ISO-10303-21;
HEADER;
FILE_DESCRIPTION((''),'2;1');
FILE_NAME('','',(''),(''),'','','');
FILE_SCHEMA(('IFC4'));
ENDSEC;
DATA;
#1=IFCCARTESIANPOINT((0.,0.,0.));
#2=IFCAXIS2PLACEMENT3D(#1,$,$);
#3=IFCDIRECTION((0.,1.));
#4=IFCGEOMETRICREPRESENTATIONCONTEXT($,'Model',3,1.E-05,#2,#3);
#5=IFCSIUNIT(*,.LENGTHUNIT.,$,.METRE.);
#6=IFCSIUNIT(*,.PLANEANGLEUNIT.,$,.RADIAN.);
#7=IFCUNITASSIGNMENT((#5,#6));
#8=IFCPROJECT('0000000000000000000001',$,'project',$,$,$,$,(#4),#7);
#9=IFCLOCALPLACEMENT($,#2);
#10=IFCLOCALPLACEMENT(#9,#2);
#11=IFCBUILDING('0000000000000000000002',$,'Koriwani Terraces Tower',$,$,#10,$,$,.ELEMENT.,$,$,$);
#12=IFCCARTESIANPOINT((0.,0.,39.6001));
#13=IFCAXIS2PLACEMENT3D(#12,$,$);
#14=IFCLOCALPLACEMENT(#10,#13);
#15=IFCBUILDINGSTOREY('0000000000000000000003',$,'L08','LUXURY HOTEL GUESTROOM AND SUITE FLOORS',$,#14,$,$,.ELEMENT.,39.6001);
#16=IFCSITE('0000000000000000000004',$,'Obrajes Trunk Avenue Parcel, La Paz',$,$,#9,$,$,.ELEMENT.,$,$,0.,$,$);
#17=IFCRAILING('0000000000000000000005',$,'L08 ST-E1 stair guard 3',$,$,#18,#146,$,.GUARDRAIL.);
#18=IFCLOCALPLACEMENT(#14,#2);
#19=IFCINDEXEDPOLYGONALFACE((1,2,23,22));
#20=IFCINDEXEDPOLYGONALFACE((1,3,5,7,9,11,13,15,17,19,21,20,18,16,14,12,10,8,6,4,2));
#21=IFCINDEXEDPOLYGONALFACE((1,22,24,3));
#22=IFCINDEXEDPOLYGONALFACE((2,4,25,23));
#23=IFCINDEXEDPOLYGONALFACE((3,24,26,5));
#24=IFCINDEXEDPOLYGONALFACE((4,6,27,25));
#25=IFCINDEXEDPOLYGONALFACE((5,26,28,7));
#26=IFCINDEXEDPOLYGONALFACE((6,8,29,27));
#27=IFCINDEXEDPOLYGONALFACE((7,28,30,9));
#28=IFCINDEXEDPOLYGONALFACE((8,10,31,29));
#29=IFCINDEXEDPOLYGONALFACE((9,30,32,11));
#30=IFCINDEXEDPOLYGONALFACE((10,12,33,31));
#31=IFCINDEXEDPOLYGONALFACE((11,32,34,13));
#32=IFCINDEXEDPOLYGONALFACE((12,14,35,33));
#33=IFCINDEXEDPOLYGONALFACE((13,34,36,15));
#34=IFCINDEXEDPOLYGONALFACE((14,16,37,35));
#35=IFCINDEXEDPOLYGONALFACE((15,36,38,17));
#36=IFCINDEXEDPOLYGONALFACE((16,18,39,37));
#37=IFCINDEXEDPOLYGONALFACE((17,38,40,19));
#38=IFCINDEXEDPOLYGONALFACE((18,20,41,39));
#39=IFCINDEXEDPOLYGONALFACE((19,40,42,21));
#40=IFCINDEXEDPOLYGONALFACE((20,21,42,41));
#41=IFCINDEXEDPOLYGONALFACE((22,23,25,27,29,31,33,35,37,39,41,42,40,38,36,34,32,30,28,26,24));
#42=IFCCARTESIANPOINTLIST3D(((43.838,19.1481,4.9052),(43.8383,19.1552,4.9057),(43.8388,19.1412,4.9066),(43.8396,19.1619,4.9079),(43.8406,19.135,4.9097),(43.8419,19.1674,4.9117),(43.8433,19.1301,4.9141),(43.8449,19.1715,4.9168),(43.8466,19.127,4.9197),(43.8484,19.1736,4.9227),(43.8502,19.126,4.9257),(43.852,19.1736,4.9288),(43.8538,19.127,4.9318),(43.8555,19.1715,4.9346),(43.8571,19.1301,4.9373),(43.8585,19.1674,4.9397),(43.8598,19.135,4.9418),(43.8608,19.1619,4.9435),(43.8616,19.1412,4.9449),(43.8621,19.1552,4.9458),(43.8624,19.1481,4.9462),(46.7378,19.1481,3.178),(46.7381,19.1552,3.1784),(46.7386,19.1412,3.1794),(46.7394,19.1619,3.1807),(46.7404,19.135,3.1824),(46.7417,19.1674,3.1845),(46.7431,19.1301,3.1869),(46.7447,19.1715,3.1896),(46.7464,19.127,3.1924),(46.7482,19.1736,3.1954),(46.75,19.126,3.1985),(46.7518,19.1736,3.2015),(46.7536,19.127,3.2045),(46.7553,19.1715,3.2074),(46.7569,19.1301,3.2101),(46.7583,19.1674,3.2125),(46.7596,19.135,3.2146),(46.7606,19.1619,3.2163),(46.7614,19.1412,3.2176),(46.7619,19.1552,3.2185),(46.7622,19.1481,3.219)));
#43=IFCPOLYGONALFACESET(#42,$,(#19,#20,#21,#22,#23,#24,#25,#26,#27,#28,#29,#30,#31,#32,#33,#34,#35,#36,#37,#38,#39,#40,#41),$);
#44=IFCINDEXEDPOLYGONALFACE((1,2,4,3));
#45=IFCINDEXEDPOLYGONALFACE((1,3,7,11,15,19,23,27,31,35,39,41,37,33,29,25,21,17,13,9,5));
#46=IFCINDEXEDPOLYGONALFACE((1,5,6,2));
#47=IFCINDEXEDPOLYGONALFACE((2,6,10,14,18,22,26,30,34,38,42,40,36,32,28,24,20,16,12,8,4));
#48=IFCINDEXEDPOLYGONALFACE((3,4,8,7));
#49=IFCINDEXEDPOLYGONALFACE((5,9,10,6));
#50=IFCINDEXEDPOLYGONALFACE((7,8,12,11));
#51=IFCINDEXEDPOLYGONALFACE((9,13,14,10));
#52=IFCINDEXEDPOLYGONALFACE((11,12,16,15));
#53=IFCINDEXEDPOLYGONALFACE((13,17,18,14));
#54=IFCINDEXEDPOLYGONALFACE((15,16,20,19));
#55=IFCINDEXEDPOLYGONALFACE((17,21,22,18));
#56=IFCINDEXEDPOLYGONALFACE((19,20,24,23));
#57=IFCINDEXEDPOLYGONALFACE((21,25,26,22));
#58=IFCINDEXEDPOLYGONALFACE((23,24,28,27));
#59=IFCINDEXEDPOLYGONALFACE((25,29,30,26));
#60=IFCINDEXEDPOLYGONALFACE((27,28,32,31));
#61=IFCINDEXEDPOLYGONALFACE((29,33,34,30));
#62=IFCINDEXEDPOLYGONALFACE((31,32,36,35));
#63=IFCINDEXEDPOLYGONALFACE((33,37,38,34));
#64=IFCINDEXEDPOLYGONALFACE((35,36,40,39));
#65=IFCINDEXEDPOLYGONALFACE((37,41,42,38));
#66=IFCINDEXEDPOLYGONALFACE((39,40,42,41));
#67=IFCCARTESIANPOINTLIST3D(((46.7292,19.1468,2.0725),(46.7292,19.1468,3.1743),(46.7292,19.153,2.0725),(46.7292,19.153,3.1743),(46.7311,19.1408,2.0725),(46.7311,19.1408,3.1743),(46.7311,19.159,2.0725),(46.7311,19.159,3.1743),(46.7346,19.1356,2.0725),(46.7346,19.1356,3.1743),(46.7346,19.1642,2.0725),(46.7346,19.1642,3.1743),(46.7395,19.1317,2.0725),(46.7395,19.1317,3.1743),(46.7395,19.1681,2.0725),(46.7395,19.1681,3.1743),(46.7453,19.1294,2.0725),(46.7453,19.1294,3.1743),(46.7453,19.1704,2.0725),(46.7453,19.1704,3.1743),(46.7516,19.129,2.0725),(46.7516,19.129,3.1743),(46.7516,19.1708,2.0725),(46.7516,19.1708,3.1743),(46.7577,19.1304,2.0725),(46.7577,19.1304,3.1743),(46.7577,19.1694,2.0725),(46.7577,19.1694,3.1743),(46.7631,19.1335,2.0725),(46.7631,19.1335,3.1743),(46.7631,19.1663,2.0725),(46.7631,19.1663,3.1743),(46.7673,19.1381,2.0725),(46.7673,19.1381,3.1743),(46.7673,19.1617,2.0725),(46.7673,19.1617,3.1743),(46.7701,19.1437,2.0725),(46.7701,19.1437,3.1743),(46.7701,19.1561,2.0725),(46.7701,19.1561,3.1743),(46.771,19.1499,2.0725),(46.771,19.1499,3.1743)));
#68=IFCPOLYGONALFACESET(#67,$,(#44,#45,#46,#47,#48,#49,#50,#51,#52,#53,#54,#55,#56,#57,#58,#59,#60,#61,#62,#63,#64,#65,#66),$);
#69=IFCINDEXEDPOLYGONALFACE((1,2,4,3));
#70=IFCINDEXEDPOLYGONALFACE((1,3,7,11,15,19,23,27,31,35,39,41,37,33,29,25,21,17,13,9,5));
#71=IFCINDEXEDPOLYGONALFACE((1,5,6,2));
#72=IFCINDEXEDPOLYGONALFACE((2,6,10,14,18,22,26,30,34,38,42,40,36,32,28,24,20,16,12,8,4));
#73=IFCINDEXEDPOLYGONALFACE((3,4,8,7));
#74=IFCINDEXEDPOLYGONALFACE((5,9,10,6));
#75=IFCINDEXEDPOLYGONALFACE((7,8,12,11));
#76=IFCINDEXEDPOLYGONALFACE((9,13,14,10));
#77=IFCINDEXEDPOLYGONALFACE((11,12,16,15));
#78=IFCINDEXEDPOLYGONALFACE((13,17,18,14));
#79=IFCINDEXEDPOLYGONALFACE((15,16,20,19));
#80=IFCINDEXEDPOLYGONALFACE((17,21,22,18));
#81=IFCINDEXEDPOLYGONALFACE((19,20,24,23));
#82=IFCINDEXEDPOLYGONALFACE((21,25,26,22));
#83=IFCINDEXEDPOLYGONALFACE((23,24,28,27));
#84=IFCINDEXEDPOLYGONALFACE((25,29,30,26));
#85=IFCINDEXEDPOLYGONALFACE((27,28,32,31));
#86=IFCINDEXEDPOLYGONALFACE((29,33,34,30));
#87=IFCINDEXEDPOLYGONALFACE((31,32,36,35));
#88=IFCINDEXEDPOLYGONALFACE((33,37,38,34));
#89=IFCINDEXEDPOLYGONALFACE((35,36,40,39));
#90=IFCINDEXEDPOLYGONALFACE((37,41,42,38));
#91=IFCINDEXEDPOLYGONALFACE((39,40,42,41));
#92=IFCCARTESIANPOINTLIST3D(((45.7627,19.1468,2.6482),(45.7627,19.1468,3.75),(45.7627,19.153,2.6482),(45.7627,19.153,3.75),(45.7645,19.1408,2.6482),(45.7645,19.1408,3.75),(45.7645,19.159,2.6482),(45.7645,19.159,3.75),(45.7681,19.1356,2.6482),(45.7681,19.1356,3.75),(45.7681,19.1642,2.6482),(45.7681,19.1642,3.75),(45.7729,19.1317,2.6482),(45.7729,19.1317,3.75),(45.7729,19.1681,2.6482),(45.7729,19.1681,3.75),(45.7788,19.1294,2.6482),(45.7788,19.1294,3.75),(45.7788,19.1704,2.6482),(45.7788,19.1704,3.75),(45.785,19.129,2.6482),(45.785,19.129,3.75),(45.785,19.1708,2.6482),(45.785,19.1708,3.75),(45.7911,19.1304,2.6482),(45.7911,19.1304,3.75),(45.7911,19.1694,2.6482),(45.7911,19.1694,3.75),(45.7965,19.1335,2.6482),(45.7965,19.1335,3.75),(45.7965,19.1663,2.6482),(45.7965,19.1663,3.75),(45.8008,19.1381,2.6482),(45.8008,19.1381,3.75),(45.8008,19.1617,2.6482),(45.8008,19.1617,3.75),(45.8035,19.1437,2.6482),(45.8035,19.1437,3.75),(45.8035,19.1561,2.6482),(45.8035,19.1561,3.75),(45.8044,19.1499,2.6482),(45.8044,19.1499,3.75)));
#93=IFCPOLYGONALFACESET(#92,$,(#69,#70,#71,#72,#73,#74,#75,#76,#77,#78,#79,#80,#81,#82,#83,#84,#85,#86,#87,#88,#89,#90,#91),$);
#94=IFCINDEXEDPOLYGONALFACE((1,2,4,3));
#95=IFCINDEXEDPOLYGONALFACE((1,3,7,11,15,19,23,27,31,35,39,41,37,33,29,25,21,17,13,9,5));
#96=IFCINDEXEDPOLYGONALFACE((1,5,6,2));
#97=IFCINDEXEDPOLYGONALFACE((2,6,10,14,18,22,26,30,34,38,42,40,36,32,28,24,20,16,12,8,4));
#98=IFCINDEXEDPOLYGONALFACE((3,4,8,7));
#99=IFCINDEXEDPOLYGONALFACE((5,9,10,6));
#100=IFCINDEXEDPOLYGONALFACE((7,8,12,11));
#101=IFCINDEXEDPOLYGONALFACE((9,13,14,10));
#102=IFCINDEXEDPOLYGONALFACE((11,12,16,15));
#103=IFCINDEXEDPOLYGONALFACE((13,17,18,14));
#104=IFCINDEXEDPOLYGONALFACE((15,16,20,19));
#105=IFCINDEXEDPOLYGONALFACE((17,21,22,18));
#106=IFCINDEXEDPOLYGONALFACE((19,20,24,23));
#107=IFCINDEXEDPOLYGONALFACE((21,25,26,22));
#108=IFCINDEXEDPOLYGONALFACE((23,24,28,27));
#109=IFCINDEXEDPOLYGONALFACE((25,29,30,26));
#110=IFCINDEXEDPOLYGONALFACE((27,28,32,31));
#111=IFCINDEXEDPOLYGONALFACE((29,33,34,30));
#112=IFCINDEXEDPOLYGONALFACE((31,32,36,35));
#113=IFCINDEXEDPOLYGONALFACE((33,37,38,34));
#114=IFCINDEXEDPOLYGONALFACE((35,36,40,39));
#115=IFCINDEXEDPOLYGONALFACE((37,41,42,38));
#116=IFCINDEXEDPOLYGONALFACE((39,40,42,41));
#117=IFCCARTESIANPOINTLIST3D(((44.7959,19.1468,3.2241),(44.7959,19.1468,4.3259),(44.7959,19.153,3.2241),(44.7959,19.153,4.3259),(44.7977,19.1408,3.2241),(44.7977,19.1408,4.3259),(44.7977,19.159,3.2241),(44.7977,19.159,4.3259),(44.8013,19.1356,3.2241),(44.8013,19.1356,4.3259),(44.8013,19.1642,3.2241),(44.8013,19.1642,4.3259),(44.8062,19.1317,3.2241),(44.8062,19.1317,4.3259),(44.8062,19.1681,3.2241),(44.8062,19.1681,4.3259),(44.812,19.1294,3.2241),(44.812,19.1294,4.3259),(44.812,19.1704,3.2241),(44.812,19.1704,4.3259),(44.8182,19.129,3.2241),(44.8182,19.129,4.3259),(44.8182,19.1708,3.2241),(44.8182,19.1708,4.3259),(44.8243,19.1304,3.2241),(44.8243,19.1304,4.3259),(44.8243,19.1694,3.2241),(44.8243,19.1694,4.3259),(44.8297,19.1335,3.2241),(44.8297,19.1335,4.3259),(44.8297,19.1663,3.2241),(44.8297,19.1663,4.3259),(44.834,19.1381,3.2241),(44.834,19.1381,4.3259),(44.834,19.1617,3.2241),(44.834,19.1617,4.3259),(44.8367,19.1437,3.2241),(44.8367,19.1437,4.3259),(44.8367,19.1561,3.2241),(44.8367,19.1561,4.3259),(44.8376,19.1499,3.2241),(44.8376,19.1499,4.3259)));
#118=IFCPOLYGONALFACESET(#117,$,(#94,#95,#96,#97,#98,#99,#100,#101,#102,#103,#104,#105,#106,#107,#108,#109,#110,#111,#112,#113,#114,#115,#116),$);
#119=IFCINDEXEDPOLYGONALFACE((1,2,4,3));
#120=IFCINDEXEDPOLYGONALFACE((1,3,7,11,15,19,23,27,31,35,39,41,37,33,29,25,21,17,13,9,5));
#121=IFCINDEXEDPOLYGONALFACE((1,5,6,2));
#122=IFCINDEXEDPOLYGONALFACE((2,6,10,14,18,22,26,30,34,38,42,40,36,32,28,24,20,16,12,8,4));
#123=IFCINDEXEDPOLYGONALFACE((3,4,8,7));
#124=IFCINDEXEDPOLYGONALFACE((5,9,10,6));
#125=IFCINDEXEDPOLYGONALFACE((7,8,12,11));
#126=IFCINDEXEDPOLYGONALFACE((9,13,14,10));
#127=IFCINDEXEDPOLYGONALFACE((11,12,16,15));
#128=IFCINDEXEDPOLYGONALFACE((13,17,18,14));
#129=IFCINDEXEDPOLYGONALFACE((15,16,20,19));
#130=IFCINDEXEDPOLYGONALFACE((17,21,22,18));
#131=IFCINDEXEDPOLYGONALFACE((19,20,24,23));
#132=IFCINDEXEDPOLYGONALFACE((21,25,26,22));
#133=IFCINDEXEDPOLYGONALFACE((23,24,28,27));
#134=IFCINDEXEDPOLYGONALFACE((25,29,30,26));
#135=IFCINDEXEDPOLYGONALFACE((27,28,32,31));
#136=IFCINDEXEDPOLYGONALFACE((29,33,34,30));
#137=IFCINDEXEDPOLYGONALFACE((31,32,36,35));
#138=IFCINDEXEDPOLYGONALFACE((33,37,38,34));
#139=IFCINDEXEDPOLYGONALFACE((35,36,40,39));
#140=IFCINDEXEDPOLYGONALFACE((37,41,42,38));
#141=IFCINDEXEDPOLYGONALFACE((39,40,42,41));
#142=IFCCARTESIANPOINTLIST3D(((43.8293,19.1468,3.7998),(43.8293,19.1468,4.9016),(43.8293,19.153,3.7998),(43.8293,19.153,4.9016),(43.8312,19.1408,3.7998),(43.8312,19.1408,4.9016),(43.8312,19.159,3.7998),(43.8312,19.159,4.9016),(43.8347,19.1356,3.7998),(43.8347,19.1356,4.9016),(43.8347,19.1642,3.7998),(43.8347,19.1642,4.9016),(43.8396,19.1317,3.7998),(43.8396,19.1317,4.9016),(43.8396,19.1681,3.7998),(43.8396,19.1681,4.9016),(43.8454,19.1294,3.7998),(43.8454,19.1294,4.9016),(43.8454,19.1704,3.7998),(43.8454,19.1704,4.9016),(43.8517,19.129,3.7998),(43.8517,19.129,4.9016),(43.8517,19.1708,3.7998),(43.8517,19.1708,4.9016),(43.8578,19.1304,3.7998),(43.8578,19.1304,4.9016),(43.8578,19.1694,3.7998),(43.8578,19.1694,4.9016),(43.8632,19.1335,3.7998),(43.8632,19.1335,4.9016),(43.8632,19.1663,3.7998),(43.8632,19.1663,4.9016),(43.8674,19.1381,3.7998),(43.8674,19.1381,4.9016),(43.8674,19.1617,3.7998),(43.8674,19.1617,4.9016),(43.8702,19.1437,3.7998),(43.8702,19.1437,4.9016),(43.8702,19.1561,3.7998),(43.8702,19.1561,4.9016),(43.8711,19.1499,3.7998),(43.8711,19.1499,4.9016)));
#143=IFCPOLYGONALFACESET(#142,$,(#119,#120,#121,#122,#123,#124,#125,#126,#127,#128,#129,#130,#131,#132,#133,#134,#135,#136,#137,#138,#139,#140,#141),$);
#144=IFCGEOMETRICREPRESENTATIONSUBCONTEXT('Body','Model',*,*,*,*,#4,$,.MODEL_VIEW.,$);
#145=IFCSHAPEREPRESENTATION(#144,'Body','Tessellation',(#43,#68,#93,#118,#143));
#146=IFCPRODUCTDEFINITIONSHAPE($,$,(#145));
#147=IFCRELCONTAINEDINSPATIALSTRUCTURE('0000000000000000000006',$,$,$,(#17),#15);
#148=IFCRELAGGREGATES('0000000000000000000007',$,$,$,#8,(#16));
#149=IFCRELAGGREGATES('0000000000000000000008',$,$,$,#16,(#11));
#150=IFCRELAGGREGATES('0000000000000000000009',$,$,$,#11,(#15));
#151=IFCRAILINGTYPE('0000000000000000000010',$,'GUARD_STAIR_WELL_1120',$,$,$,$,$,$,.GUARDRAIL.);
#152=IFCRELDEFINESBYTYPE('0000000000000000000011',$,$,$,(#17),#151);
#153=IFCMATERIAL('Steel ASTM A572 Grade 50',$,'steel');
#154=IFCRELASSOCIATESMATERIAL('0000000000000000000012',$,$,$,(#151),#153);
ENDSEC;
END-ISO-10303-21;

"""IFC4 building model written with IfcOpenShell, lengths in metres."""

from ifc_helpers import new_model, si_unit, direction, frame, origin, origin_2d, place, context, subcontext, project, spatial, circle, extrude, material, type_object, element, save


model = new_model("IFC4")

# Units and contexts
model_context = context("Model", 3, precision=1e-05, world=origin(), true_north=direction((0.0, 1.0)))
body_context = subcontext(model_context, "Body", "Model", "MODEL_VIEW")
ifc_project = project(units=[si_unit("LENGTHUNIT", "METRE"), si_unit("PLANEANGLEUNIT", "RADIAN")], contexts=[model_context])

# Site, building, storey
site_placement = place(None, origin())
site = spatial("IfcSite", under=ifc_project, at=site_placement, Name="Obrajes Trunk Avenue Parcel, La Paz", CompositionType="ELEMENT", RefElevation=0.0)
building_placement = place(site_placement, origin())
building = spatial("IfcBuilding", under=site, at=building_placement, Name="Koriwani Terraces Tower", CompositionType="ELEMENT")
storey_placement = place(building_placement, frame((0.0, 0.0, 39.6001)))
storey = spatial("IfcBuildingStorey", under=building, at=storey_placement, Name="L08", Description="LUXURY HOTEL GUESTROOM AND SUITE FLOORS", CompositionType="ELEMENT", Elevation=39.6001)

# Shared definitions
ifc_material_1 = material(Name="Steel ASTM A572 Grade 50", Category="steel")

# Railing
railing_type_1 = type_object("IfcRailingType", Name="GUARD_STAIR_WELL_1120", PredefinedType="GUARDRAIL", material=ifc_material_1)
railing_1_placement = place(storey_placement, frame((46.75, 19.1499, 2.0725)))
element("IfcRailing", 1, at=railing_1_placement, inside=storey, type_object=railing_type_1, Name="L08 ST-E1 stair guard 3", PredefinedType="GUARDRAIL", context=body_context, shape_type="SweptSolid", body=[
    extrude(circle(Radius=0.0239, at=origin_2d()), frame((0.0, 0.0, 1.126), z_axis=(-0.859141, 0.0, 0.511738), x_axis=(0.0, -1.0, 0.0)), (0.0, 0.0, 1.0), 3.3752),
    extrude(circle(Radius=0.021, at=origin_2d()), origin(), (0.0, 0.0, 1.0), 1.1018),
    extrude(circle(Radius=0.021, at=origin_2d()), frame((-0.9666, 0.0, 0.5757)), (0.0, 0.0, 1.0), 1.1018),
    extrude(circle(Radius=0.021, at=origin_2d()), frame((-1.9333, 0.0, 1.1516)), (0.0, 0.0, 1.0), 1.1018),
    extrude(circle(Radius=0.021, at=origin_2d()), frame((-2.8999, 0.0, 1.7273)), (0.0, 0.0, 1.0), 1.1018),
])

save(model, "model.ifc")
